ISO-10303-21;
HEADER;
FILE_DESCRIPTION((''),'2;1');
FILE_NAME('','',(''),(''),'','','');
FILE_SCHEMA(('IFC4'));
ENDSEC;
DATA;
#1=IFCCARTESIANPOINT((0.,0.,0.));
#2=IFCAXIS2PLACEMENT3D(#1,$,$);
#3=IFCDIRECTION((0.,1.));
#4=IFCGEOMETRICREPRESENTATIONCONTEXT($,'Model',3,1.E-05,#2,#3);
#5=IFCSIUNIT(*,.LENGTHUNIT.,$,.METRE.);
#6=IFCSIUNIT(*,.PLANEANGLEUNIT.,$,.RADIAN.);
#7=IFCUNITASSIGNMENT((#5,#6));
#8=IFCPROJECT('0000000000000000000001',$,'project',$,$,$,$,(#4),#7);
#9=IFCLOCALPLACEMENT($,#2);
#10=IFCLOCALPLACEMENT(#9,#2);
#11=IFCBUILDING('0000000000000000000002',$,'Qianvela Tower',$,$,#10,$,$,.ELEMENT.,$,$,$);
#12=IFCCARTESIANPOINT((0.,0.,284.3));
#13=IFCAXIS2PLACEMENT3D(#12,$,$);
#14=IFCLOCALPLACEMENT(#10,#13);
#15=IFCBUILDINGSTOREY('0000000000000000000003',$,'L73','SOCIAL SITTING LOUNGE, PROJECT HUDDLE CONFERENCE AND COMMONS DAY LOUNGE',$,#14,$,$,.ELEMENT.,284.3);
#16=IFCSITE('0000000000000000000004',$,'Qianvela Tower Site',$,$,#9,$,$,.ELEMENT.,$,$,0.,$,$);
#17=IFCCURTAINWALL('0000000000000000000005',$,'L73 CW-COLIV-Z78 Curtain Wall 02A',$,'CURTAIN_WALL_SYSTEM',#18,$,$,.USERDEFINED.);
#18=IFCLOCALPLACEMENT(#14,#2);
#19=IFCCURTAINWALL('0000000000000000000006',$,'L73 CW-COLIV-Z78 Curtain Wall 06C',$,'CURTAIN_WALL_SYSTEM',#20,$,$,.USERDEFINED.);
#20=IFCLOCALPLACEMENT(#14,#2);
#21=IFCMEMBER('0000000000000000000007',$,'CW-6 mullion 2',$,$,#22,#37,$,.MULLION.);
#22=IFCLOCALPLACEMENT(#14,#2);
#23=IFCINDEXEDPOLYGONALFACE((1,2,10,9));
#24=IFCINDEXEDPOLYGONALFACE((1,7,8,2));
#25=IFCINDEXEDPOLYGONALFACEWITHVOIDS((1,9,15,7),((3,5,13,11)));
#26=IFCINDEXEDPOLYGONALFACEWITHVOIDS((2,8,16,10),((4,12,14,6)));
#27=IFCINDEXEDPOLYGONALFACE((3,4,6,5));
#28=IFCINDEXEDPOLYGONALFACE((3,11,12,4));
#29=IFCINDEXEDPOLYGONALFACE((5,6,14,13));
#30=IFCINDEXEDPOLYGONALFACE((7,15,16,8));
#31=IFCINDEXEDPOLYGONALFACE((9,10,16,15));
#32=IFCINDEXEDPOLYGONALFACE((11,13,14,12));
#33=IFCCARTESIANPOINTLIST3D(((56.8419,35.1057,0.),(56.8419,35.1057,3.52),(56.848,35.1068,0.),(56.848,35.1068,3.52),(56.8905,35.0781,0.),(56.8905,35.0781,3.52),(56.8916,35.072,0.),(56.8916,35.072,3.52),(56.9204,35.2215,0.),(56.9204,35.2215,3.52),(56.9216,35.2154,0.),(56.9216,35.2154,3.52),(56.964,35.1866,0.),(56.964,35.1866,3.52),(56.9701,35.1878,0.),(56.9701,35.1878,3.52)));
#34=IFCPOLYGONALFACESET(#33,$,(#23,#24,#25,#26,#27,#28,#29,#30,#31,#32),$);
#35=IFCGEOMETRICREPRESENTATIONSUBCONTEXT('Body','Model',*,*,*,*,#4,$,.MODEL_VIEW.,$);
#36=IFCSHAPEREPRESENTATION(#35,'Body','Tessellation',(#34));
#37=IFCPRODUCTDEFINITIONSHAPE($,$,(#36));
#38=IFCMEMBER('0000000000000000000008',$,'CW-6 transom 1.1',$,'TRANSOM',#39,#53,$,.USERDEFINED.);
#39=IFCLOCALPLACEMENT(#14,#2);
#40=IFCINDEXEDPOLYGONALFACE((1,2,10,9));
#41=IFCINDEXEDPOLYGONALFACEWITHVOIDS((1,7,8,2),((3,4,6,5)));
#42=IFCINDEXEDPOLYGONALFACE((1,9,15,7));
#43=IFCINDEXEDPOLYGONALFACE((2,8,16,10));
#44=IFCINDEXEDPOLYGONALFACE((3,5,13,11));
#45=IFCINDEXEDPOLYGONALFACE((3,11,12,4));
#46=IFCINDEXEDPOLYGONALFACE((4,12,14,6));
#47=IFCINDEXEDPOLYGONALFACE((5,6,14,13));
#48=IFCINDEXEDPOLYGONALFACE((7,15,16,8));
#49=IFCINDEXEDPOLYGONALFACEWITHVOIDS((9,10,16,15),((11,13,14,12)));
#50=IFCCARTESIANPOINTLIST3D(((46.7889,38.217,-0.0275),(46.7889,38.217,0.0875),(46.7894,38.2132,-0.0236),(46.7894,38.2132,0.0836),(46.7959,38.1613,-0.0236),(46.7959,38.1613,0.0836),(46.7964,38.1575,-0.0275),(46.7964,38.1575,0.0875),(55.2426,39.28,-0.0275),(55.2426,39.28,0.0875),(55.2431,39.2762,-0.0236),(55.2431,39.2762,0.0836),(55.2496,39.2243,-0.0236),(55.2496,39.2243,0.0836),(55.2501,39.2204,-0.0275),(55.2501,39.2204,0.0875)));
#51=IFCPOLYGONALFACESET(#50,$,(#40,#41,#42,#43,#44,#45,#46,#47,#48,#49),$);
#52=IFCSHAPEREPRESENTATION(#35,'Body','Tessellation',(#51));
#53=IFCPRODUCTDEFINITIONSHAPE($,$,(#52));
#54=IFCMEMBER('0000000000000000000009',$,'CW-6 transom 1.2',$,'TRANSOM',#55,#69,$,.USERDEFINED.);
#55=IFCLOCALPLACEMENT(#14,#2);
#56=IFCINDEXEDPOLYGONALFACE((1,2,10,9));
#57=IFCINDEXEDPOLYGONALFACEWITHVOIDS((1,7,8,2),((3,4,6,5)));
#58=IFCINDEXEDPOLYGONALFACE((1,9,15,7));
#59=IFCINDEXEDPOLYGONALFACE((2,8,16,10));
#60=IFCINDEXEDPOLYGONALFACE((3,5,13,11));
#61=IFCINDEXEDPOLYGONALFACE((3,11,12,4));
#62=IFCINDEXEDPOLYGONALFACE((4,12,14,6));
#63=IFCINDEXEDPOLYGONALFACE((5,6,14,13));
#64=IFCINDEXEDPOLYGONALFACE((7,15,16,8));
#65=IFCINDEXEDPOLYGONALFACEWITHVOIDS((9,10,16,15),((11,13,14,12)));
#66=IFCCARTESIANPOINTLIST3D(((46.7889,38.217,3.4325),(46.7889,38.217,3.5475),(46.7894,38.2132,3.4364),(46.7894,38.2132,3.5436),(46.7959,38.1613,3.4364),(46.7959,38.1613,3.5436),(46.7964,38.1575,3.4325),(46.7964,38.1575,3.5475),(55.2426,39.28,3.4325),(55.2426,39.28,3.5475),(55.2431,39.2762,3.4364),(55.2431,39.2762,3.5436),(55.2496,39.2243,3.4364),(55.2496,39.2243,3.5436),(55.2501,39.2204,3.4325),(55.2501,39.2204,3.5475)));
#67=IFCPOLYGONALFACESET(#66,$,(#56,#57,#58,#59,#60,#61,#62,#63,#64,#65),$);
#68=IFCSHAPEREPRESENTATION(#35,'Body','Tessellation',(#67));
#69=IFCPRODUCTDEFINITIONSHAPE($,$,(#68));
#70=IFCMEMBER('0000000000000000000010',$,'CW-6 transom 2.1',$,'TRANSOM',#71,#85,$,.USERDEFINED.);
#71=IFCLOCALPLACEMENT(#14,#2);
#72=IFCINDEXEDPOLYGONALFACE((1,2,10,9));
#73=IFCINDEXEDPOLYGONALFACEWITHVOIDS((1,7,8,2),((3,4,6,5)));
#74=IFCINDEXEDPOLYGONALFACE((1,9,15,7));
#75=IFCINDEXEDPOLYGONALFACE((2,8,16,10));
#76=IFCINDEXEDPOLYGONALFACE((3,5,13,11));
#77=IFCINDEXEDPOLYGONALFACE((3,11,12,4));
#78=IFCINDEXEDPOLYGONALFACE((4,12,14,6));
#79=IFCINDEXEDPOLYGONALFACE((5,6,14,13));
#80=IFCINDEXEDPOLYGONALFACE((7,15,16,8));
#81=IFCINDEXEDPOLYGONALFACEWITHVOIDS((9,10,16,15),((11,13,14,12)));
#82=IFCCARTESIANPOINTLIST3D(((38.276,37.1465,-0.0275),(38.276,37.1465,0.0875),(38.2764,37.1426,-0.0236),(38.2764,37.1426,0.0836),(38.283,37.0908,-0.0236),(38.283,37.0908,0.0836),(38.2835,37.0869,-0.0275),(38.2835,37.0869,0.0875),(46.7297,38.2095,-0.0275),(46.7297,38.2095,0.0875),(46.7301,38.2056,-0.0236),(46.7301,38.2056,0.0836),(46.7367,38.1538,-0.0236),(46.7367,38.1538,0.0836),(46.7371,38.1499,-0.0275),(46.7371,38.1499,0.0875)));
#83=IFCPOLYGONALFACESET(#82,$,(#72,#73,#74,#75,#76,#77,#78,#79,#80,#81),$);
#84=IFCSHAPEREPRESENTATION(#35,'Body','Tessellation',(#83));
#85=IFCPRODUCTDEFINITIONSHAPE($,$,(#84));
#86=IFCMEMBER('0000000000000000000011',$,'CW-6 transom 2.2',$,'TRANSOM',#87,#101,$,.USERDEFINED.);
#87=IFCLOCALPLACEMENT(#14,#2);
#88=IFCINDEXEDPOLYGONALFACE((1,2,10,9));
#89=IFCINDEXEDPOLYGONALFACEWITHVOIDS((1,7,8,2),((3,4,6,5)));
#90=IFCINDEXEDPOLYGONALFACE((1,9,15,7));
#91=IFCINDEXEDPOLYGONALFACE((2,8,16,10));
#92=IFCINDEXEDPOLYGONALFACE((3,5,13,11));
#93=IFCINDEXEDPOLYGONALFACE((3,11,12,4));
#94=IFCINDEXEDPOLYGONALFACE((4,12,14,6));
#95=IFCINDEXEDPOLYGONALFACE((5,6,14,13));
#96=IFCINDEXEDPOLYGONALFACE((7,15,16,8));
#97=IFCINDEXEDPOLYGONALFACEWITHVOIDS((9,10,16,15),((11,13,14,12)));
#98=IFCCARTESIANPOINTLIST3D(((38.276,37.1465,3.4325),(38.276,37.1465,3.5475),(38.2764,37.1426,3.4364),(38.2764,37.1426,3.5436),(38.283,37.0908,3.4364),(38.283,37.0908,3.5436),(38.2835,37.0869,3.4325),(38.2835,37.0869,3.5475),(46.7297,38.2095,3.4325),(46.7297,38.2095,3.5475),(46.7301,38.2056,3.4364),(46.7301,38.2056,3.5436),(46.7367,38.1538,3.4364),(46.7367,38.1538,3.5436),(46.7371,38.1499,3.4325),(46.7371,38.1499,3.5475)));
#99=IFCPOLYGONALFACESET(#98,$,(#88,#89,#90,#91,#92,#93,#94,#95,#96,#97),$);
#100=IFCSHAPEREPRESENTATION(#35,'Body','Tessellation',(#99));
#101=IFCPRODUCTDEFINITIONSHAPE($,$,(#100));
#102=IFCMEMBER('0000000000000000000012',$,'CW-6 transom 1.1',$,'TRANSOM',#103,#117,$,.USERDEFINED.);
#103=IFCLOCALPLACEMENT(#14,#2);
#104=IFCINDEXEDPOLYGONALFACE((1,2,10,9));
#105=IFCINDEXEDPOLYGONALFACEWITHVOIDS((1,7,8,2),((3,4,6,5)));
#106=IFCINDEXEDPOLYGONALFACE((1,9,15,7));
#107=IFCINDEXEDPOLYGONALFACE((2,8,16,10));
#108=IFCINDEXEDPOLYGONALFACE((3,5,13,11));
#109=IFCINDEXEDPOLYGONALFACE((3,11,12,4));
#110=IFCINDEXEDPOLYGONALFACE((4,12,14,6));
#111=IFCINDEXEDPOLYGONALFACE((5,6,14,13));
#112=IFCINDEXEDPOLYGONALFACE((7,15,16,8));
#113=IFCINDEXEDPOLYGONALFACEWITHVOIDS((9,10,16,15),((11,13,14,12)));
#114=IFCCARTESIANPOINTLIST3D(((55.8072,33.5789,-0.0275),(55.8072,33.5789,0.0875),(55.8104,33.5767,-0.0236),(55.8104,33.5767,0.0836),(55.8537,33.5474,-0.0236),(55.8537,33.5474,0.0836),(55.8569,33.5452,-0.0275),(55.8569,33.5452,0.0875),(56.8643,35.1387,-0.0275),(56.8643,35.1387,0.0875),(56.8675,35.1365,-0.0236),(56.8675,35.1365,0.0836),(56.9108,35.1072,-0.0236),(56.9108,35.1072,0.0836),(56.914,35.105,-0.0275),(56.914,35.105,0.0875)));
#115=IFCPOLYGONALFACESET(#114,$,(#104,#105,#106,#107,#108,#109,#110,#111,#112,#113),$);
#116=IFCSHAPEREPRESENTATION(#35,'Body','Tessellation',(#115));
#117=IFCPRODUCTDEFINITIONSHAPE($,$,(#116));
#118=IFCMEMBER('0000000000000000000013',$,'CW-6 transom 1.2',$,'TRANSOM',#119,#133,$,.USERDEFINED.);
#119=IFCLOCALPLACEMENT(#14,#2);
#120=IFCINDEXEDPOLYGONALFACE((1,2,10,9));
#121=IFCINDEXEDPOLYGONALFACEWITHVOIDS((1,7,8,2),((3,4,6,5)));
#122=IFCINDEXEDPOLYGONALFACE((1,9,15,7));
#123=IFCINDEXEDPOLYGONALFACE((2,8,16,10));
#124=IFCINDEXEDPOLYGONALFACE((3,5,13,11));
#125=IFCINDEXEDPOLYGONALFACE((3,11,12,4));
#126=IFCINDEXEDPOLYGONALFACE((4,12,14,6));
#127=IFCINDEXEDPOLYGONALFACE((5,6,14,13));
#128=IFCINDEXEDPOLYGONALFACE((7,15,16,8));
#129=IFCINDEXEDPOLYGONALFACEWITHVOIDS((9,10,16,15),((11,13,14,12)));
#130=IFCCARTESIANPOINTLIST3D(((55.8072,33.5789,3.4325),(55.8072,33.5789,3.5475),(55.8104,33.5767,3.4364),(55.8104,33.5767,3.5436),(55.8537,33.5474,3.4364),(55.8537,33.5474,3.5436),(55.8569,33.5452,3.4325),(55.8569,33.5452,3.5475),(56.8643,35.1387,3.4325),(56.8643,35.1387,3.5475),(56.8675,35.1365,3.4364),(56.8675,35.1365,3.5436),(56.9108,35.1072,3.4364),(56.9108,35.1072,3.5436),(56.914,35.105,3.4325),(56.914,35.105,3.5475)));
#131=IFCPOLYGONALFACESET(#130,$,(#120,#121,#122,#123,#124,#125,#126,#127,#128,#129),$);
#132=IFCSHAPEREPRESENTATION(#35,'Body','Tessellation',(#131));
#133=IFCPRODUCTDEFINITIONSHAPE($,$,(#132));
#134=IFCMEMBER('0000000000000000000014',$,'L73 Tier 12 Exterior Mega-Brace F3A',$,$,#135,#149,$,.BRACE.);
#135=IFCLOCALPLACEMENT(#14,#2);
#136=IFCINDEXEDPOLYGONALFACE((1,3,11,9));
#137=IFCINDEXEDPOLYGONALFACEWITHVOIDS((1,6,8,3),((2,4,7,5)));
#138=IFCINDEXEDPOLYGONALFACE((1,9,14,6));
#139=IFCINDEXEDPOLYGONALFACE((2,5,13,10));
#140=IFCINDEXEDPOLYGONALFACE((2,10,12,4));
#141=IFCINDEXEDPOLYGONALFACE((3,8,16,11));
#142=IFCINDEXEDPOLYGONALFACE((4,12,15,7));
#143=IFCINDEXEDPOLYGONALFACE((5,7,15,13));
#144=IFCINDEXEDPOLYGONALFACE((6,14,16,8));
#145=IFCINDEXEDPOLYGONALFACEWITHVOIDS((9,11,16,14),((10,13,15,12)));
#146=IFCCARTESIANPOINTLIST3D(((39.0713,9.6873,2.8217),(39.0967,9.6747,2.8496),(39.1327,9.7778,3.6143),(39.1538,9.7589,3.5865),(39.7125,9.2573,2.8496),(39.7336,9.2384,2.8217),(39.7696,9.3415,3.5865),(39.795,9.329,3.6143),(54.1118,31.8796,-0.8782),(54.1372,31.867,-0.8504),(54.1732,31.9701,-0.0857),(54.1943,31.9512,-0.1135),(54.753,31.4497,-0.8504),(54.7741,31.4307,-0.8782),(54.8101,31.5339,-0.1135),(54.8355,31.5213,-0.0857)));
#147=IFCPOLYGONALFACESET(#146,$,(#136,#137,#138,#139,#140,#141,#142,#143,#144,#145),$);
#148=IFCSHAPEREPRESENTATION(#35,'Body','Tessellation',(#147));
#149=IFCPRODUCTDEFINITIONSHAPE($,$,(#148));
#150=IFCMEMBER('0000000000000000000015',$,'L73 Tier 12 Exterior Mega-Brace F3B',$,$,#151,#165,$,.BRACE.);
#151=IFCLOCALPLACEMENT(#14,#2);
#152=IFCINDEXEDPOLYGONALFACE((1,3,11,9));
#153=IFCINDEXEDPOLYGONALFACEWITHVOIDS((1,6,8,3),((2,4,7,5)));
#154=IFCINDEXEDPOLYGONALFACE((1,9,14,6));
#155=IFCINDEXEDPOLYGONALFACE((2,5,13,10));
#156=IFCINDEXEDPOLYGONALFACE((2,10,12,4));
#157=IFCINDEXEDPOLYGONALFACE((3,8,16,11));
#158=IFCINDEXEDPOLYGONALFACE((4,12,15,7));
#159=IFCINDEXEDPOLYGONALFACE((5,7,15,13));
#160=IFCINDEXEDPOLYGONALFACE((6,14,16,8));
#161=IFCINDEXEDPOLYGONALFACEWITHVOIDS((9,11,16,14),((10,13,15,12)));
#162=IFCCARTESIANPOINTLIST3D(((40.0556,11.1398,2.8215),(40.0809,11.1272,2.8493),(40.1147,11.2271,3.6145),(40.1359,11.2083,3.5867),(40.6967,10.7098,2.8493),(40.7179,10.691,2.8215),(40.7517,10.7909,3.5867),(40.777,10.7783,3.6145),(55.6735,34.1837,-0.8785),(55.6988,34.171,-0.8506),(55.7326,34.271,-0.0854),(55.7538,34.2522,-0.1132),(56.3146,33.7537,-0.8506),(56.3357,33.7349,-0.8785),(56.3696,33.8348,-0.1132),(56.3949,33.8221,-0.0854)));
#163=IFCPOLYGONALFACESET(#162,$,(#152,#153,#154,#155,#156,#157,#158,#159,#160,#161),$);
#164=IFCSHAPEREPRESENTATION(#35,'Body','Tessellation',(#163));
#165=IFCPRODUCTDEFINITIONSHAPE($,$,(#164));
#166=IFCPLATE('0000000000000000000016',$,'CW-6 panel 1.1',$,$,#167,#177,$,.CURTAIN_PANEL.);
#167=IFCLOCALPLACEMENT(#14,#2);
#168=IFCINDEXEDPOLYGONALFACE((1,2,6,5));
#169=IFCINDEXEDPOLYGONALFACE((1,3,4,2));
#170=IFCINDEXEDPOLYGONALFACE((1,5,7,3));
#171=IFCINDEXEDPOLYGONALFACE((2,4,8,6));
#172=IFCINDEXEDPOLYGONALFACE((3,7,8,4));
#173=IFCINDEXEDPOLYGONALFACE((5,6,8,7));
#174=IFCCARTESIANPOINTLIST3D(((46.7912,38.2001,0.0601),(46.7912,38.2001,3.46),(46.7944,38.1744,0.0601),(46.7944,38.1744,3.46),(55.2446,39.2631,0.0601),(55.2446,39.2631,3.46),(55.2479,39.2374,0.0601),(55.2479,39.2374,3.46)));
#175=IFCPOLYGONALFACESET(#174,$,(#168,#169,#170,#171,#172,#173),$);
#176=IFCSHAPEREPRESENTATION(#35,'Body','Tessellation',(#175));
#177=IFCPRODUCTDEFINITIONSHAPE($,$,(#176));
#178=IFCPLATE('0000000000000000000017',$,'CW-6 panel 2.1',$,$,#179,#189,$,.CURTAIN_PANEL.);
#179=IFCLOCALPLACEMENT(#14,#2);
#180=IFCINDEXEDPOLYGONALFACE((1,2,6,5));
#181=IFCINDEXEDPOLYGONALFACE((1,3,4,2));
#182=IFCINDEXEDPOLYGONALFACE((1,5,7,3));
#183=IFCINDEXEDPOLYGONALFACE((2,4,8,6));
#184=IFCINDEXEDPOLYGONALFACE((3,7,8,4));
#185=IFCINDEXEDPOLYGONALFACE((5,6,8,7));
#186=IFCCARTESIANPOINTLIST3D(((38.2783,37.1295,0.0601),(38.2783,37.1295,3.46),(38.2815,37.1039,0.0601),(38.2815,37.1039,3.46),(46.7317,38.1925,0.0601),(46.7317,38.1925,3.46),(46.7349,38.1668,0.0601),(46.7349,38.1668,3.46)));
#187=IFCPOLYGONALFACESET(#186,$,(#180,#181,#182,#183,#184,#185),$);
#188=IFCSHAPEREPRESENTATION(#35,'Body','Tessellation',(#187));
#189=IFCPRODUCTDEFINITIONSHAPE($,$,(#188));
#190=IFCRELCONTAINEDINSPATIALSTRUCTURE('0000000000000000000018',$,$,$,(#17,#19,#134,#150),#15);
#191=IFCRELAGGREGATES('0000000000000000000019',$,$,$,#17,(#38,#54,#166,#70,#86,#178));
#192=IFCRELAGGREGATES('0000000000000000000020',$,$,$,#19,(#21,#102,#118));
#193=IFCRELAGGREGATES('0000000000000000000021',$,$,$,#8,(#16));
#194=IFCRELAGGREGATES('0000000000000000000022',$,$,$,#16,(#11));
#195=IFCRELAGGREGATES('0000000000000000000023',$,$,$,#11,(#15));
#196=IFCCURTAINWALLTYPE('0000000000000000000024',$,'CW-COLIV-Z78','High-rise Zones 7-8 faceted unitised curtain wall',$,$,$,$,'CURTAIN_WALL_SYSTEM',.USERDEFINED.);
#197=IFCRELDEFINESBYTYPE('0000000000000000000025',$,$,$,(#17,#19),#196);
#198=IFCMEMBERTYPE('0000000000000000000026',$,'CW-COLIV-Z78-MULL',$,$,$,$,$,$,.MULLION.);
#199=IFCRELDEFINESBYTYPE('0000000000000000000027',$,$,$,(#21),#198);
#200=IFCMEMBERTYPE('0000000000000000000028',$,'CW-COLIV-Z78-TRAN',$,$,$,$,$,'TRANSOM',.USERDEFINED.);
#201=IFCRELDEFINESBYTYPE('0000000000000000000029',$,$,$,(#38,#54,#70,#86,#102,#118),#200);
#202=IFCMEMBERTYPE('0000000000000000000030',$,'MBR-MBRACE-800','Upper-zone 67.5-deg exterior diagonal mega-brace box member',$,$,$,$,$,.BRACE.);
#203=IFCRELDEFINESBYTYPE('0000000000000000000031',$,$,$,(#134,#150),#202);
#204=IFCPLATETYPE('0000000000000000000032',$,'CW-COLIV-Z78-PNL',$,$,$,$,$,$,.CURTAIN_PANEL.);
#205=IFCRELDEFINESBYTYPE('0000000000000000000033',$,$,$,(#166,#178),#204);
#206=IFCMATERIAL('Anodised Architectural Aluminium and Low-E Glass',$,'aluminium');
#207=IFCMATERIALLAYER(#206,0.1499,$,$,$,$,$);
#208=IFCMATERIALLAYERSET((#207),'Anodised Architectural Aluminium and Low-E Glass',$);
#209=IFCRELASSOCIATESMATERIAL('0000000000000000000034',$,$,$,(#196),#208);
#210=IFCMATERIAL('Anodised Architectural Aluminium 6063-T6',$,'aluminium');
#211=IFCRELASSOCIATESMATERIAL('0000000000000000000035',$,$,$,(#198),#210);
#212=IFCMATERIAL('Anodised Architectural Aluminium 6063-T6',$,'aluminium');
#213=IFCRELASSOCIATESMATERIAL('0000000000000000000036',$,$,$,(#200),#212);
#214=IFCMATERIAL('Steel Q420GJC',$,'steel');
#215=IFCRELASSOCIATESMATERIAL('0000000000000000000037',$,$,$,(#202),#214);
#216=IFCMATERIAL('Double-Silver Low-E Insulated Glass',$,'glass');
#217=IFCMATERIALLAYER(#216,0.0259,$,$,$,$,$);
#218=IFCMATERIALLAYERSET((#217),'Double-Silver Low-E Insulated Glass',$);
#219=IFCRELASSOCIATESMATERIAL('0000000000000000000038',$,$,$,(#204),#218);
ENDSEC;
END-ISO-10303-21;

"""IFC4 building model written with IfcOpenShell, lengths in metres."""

from ifc_helpers import new_model, si_unit, direction, frame, origin, origin_2d, place, context, subcontext, project, spatial, rectangle, hollow_rectangle, extrude, material, layer, layer_set, material_profile, profile_set, type_object, element, aggregate, save


model = new_model("IFC4")

# Units and contexts
model_context = context("Model", 3, precision=1e-05, world=origin(), true_north=direction((0.0, 1.0)))
body_context = subcontext(model_context, "Body", "Model", "MODEL_VIEW")
ifc_project = project(units=[si_unit("LENGTHUNIT", "METRE"), si_unit("PLANEANGLEUNIT", "RADIAN")], contexts=[model_context])

# Site, building, storey
site_placement = place(None, origin())
site = spatial("IfcSite", under=ifc_project, at=site_placement, Name="Qianvela Tower Site", CompositionType="ELEMENT", RefElevation=0.0)
building_placement = place(site_placement, origin())
building = spatial("IfcBuilding", under=site, at=building_placement, Name="Qianvela Tower", CompositionType="ELEMENT")
storey_placement = place(building_placement, frame((0.0, 0.0, 284.3)))
storey = spatial("IfcBuildingStorey", under=building, at=storey_placement, Name="L73", Description="SOCIAL SITTING LOUNGE, PROJECT HUDDLE CONFERENCE AND COMMONS DAY LOUNGE", CompositionType="ELEMENT", Elevation=284.3)

# Curtain walls, member
ifc_material_1 = material(Name="Anodised Architectural Aluminium and Low-E Glass", Category="aluminium")
ifc_layer_1 = layer(ifc_material_1, 0.1499)
ifc_layer_set_1 = layer_set([ifc_layer_1], Name="Anodised Architectural Aluminium and Low-E Glass")
curtain_wall_type_1 = type_object("IfcCurtainWallType", Name="CW-COLIV-Z78", Description="High-rise Zones 7-8 faceted unitised curtain wall", ElementType="CURTAIN_WALL_SYSTEM", PredefinedType="USERDEFINED", material=ifc_layer_set_1)
curtain_wall_1_placement = place(storey_placement, origin())
curtain_wall_1 = element("IfcCurtainWall", 1, at=curtain_wall_1_placement, inside=storey, type_object=curtain_wall_type_1, Name="L73 CW-COLIV-Z78 Curtain Wall 02A", ObjectType="CURTAIN_WALL_SYSTEM", PredefinedType="USERDEFINED")
ifc_material_2 = material(Name="Anodised Architectural Aluminium 6063-T6", Category="aluminium")
ifc_material_profile_1 = material_profile(ifc_material_2, hollow_rectangle(XDim=0.0601, YDim=0.1399, WallThickness=0.0044, at=origin_2d()), Name="ALU-MULL-60x140")
ifc_profile_set_1 = profile_set([ifc_material_profile_1], Name="Anodised Architectural Aluminium 6063-T6")
member_type_1 = type_object("IfcMemberType", Name="CW-COLIV-Z78-MULL", PredefinedType="MULLION", material=ifc_profile_set_1)
curtain_wall_2_placement = place(storey_placement, origin())
curtain_wall_2 = element("IfcCurtainWall", 2, at=curtain_wall_2_placement, inside=storey, type_object=curtain_wall_type_1, Name="L73 CW-COLIV-Z78 Curtain Wall 06C", ObjectType="CURTAIN_WALL_SYSTEM", PredefinedType="USERDEFINED")
member_1_placement = place(storey_placement, frame((56.906, 35.1467, 0.0), z_axis=(0.0, 0.0, 1.0), x_axis=(-0.827813, 0.561005, 0.0)))
member_1 = element("IfcMember", 3, at=member_1_placement, type_object=member_type_1, Name="CW-6 mullion 2", PredefinedType="MULLION", context=body_context, shape_type="SweptSolid", body=[
    extrude(hollow_rectangle(XDim=0.0601, YDim=0.1399, WallThickness=0.0044, at=origin_2d()), origin(), (0.0, 0.0, 1.0), 3.52),
])

# Members
ifc_material_3 = material(Name="Anodised Architectural Aluminium 6063-T6", Category="aluminium")
ifc_material_profile_2 = material_profile(ifc_material_3, hollow_rectangle(XDim=0.0601, YDim=0.115, WallThickness=0.0039, at=origin_2d()), Name="ALU-TRAN-60x115")
ifc_profile_set_2 = profile_set([ifc_material_profile_2], Name="Anodised Architectural Aluminium 6063-T6")
member_type_2 = type_object("IfcMemberType", Name="CW-COLIV-Z78-TRAN", ElementType="TRANSOM", PredefinedType="USERDEFINED", material=ifc_profile_set_2)
member_2_placement = place(storey_placement, frame((55.2463, 39.2502, 0.03), z_axis=(-0.992187, -0.124761, 0.0), x_axis=(0.124761, -0.992187, 0.0)))
member_2 = element("IfcMember", 4, at=member_2_placement, type_object=member_type_2, Name="CW-6 transom 1.1", ObjectType="TRANSOM", PredefinedType="USERDEFINED", context=body_context, shape_type="SweptSolid", body=[
    extrude(hollow_rectangle(XDim=0.0601, YDim=0.115, WallThickness=0.0039, at=origin_2d()), origin(), (0.0, 0.0, 1.0), 8.5203),
])
member_3_placement = place(storey_placement, frame((55.2463, 39.2502, 3.49), z_axis=(-0.992187, -0.124761, 0.0), x_axis=(0.124761, -0.992187, 0.0)))
member_3 = element("IfcMember", 5, at=member_3_placement, type_object=member_type_2, Name="CW-6 transom 1.2", ObjectType="TRANSOM", PredefinedType="USERDEFINED", context=body_context, shape_type="SweptSolid", body=[
    extrude(hollow_rectangle(XDim=0.0601, YDim=0.115, WallThickness=0.0039, at=origin_2d()), origin(), (0.0, 0.0, 1.0), 8.5203),
])
member_4_placement = place(storey_placement, frame((46.7334, 38.1797, 0.03), z_axis=(-0.992187, -0.124761, 0.0), x_axis=(0.124761, -0.992187, 0.0)))
member_4 = element("IfcMember", 6, at=member_4_placement, type_object=member_type_2, Name="CW-6 transom 2.1", ObjectType="TRANSOM", PredefinedType="USERDEFINED", context=body_context, shape_type="SweptSolid", body=[
    extrude(hollow_rectangle(XDim=0.0601, YDim=0.115, WallThickness=0.0039, at=origin_2d()), origin(), (0.0, 0.0, 1.0), 8.5203),
])
member_5_placement = place(storey_placement, frame((46.7334, 38.1797, 3.49), z_axis=(-0.992187, -0.124761, 0.0), x_axis=(0.124761, -0.992187, 0.0)))
member_5 = element("IfcMember", 7, at=member_5_placement, type_object=member_type_2, Name="CW-6 transom 2.2", ObjectType="TRANSOM", PredefinedType="USERDEFINED", context=body_context, shape_type="SweptSolid", body=[
    extrude(hollow_rectangle(XDim=0.0601, YDim=0.115, WallThickness=0.0039, at=origin_2d()), origin(), (0.0, 0.0, 1.0), 8.5203),
])
member_6_placement = place(storey_placement, frame((55.832, 33.562, 0.03), z_axis=(0.561023, 0.8278, 0.0), x_axis=(-0.8278, 0.561023, 0.0)))
member_6 = element("IfcMember", 8, at=member_6_placement, type_object=member_type_2, Name="CW-6 transom 1.1", ObjectType="TRANSOM", PredefinedType="USERDEFINED", context=body_context, shape_type="SweptSolid", body=[
    extrude(hollow_rectangle(XDim=0.0601, YDim=0.115, WallThickness=0.0039, at=origin_2d()), origin(), (0.0, 0.0, 1.0), 1.8843),
])
member_7_placement = place(storey_placement, frame((55.832, 33.562, 3.49), z_axis=(0.561023, 0.8278, 0.0), x_axis=(-0.8278, 0.561023, 0.0)))
member_7 = element("IfcMember", 9, at=member_7_placement, type_object=member_type_2, Name="CW-6 transom 1.2", ObjectType="TRANSOM", PredefinedType="USERDEFINED", context=body_context, shape_type="SweptSolid", body=[
    extrude(hollow_rectangle(XDim=0.0601, YDim=0.115, WallThickness=0.0039, at=origin_2d()), origin(), (0.0, 0.0, 1.0), 1.8843),
])

# Members
ifc_material_4 = material(Name="Steel Q420GJC", Category="steel")
ifc_material_profile_3 = material_profile(ifc_material_4, hollow_rectangle(XDim=0.8, YDim=0.8, WallThickness=0.0281, at=origin_2d()), Name="MBOX-800x800x28")
ifc_profile_set_3 = profile_set([ifc_material_profile_3], Name="Steel Q420GJC")
member_type_3 = type_object("IfcMemberType", Name="MBR-MBRACE-800", Description="Upper-zone 67.5-deg exterior diagonal mega-brace box member", PredefinedType="BRACE", material=ifc_profile_set_3)
member_8_placement = place(storey_placement, frame((54.4736, 31.7004, -0.4819), z_axis=(-0.555759, -0.820025, 0.136716), x_axis=(0.827798, -0.561027, 0.0)))
element("IfcMember", 10, at=member_8_placement, inside=storey, type_object=member_type_3, Name="L73 Tier 12 Exterior Mega-Brace F3A", PredefinedType="BRACE", context=body_context, shape_type="SweptSolid", body=[
    extrude(hollow_rectangle(XDim=0.8, YDim=0.8, WallThickness=0.0281, at=origin_2d()), origin(), (0.0, 0.0, 1.0), 27.063),
])
member_9_placement = place(storey_placement, frame((56.0342, 34.0029, -0.4819), z_axis=(-0.556142, -0.820577, 0.131752), x_axis=(0.827793, -0.561033, 0.0)))
element("IfcMember", 11, at=member_9_placement, inside=storey, type_object=member_type_3, Name="L73 Tier 12 Exterior Mega-Brace F3B", PredefinedType="BRACE", context=body_context, shape_type="SweptSolid", body=[
    extrude(hollow_rectangle(XDim=0.8, YDim=0.8, WallThickness=0.0281, at=origin_2d()), origin(), (0.0, 0.0, 1.0), 28.0825),
])

# Plates
ifc_material_5 = material(Name="Double-Silver Low-E Insulated Glass", Category="glass")
ifc_layer_2 = layer(ifc_material_5, 0.0259)
ifc_layer_set_2 = layer_set([ifc_layer_2], Name="Double-Silver Low-E Insulated Glass")
plate_type_1 = type_object("IfcPlateType", Name="CW-COLIV-Z78-PNL", PredefinedType="CURTAIN_PANEL", material=ifc_layer_set_2)
plate_1_placement = place(storey_placement, frame((51.0195, 38.7188, 0.0601), z_axis=(0.0, 0.0, 1.0), x_axis=(-0.992187, -0.124762, 0.0)))
plate_1 = element("IfcPlate", 12, at=plate_1_placement, type_object=plate_type_1, Name="CW-6 panel 1.1", PredefinedType="CURTAIN_PANEL", context=body_context, shape_type="SweptSolid", body=[
    extrude(rectangle(XDim=8.52, YDim=0.0259, at=origin_2d()), origin(), (0.0, 0.0, 1.0), 3.3999),
])
plate_2_placement = place(storey_placement, frame((42.5066, 37.6482, 0.0601), z_axis=(0.0, 0.0, 1.0), x_axis=(-0.992187, -0.124762, 0.0)))
plate_2 = element("IfcPlate", 13, at=plate_2_placement, type_object=plate_type_1, Name="CW-6 panel 2.1", PredefinedType="CURTAIN_PANEL", context=body_context, shape_type="SweptSolid", body=[
    extrude(rectangle(XDim=8.52, YDim=0.0259, at=origin_2d()), origin(), (0.0, 0.0, 1.0), 3.3999),
])
aggregate(curtain_wall_1, [member_2, member_3, plate_1, member_4, member_5, plate_2])
aggregate(curtain_wall_2, [member_1, member_6, member_7])

save(model, "model.ifc")
